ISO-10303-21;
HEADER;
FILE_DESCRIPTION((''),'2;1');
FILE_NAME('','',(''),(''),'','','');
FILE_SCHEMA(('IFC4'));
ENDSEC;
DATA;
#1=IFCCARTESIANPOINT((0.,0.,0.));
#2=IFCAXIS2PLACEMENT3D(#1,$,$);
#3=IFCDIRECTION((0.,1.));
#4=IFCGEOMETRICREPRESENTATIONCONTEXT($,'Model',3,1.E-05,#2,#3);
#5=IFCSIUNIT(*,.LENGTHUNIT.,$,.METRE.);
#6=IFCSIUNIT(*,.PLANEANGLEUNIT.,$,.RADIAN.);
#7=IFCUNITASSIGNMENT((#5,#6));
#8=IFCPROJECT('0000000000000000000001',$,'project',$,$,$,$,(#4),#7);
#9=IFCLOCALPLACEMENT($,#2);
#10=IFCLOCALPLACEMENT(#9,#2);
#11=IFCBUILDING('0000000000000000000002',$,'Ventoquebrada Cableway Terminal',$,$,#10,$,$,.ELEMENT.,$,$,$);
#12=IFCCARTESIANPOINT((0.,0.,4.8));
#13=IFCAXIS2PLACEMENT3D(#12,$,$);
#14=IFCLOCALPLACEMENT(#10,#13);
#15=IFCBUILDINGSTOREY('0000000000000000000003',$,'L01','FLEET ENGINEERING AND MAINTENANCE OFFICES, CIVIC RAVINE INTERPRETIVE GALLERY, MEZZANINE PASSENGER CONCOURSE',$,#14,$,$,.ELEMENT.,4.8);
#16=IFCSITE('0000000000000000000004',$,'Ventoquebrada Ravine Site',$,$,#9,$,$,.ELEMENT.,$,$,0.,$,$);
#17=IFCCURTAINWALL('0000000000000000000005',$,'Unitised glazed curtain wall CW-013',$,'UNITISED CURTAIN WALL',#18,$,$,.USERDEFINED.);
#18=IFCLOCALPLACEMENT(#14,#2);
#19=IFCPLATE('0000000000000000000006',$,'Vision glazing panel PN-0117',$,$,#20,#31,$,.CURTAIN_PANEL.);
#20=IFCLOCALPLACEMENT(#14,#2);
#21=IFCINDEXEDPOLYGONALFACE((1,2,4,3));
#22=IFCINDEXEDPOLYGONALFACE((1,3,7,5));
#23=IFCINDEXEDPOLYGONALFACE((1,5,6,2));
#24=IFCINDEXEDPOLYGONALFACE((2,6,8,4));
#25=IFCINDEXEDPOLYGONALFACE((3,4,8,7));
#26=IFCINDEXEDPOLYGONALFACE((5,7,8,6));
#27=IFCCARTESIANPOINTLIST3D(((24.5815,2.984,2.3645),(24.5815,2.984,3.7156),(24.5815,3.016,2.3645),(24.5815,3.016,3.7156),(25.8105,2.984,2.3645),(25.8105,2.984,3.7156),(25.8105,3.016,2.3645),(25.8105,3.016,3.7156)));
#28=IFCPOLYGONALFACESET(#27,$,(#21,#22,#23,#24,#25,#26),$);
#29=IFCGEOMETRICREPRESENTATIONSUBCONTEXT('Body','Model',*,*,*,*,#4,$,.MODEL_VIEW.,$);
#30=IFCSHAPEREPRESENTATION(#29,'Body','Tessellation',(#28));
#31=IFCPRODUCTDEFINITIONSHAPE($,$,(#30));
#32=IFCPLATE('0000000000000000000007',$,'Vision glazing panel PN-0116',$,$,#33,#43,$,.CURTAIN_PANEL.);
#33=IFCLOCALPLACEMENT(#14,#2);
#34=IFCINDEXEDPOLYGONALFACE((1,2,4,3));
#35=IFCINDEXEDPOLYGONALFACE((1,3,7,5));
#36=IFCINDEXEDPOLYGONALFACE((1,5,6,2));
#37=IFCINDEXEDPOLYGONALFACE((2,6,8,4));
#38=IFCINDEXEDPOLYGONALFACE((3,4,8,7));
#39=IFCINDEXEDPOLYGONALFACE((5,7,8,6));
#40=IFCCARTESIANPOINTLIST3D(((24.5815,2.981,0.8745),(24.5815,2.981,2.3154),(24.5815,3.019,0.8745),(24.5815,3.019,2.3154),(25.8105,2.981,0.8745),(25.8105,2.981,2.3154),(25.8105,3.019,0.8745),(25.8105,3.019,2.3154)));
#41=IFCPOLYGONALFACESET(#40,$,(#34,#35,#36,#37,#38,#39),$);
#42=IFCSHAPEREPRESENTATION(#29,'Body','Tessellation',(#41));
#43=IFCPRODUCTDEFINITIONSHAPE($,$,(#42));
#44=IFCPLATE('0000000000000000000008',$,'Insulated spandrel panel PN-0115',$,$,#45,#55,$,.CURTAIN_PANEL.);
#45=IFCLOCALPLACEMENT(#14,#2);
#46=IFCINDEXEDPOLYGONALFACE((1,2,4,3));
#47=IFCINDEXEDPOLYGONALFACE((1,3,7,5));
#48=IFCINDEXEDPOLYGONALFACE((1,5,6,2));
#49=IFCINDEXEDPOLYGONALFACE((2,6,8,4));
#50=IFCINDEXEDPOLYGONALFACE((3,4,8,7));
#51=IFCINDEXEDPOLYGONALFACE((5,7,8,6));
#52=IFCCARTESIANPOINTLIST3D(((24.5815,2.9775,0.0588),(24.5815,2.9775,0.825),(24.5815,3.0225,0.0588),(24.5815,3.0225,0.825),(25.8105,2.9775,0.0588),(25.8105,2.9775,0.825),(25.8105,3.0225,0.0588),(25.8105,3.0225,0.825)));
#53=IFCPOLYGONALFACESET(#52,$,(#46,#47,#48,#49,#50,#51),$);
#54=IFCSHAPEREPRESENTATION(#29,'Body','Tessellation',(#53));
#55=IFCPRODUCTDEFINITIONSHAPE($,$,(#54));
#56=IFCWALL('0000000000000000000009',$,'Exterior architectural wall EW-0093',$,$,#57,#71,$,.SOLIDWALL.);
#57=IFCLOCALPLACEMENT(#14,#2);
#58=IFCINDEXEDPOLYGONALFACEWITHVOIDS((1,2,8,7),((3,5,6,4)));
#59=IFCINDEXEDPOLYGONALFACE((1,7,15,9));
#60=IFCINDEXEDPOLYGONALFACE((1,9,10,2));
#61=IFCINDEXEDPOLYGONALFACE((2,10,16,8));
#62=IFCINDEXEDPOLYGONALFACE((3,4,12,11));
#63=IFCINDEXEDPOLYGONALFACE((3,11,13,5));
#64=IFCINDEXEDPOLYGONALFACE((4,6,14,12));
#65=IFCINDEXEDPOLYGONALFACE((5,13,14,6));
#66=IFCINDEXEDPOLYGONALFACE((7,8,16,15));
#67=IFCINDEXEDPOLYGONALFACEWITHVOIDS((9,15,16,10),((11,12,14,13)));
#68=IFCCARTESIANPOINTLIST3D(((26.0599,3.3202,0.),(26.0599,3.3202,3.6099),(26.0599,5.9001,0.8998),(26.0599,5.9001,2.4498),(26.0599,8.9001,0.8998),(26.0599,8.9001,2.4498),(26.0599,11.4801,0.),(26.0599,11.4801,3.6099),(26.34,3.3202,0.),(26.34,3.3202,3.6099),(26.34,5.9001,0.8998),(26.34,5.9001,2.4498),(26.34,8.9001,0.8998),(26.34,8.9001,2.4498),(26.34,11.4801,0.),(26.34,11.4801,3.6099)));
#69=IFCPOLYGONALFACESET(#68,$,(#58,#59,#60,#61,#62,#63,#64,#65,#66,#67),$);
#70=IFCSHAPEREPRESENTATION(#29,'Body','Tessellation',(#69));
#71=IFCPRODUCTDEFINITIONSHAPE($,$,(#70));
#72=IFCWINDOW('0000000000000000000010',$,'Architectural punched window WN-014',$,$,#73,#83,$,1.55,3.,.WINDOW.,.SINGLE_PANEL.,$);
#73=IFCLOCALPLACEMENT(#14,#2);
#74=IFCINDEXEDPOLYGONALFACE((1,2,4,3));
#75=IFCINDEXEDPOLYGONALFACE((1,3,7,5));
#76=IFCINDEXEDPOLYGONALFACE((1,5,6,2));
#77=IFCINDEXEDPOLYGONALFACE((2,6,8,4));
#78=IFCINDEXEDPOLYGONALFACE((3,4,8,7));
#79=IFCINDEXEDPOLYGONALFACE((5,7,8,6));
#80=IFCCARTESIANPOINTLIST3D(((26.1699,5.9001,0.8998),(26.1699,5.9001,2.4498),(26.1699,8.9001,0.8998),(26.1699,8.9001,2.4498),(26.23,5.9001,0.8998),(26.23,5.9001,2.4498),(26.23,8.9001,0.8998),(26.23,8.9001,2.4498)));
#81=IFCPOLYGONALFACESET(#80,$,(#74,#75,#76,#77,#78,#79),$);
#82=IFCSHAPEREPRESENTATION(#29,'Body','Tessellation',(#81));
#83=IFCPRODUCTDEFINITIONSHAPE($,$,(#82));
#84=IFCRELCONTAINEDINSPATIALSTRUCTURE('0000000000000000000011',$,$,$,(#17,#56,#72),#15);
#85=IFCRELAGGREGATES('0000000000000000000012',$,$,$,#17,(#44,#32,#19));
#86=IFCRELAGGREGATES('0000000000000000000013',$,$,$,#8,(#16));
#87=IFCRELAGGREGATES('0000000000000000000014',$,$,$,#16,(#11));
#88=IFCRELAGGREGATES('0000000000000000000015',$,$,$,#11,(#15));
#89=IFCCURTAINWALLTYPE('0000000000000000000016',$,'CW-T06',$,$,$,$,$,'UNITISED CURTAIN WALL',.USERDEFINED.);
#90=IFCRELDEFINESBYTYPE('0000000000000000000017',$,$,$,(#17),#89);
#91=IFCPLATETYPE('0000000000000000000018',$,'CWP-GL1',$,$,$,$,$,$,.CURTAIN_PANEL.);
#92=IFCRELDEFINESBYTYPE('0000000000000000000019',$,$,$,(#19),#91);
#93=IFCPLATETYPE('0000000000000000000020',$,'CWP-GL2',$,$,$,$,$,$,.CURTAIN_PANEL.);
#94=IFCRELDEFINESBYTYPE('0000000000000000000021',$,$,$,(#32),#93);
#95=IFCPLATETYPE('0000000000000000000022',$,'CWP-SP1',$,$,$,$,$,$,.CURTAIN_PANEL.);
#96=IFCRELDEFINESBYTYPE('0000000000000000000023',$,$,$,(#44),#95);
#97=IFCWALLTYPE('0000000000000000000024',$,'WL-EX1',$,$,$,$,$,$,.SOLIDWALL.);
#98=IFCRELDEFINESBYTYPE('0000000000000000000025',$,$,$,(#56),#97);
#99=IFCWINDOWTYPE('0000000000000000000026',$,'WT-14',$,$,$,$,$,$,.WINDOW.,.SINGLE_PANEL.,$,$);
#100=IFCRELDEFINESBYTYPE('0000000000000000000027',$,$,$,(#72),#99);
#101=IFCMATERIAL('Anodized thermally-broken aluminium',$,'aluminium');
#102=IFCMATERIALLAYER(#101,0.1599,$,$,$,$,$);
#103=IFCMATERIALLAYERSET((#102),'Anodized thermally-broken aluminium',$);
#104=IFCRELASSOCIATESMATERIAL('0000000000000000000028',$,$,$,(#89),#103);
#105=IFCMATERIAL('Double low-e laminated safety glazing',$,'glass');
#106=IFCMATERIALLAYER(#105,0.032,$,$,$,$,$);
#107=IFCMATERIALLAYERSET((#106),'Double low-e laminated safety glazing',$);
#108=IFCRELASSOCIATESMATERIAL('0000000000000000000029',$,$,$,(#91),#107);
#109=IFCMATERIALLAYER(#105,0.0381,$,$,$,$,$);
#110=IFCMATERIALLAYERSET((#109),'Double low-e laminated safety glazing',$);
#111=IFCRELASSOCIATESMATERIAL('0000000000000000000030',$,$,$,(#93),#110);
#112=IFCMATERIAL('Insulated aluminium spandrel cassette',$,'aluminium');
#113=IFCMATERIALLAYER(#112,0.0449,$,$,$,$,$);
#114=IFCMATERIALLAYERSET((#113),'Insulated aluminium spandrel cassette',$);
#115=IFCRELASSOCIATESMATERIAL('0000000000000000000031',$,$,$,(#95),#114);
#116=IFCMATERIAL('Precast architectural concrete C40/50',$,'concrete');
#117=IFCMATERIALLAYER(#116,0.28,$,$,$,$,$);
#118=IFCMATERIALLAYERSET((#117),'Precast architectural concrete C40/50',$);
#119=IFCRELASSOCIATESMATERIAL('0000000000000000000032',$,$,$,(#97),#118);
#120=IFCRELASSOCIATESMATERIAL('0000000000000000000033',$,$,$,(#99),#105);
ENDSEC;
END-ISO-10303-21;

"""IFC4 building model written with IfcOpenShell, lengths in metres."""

from ifc_helpers import new_model, si_unit, direction, frame, frame_2d, origin, origin_2d, place, context, subcontext, project, spatial, rectangle, extrude, material, layer, layer_set, type_object, element, fill, aggregate, save


model = new_model("IFC4")

# Units and contexts
model_context = context("Model", 3, precision=1e-05, world=origin(), true_north=direction((0.0, 1.0)))
body_context = subcontext(model_context, "Body", "Model", "MODEL_VIEW")
ifc_project = project(units=[si_unit("LENGTHUNIT", "METRE"), si_unit("PLANEANGLEUNIT", "RADIAN")], contexts=[model_context])

# Site, building, storey
site_placement = place(None, origin())
site = spatial("IfcSite", under=ifc_project, at=site_placement, Name="Ventoquebrada Ravine Site", CompositionType="ELEMENT", RefElevation=0.0)
building_placement = place(site_placement, origin())
building = spatial("IfcBuilding", under=site, at=building_placement, Name="Ventoquebrada Cableway Terminal", CompositionType="ELEMENT")
storey_placement = place(building_placement, frame((0.0, 0.0, 4.8)))
storey = spatial("IfcBuildingStorey", under=building, at=storey_placement, Name="L01", Description="FLEET ENGINEERING AND MAINTENANCE OFFICES, CIVIC RAVINE INTERPRETIVE GALLERY, MEZZANINE PASSENGER CONCOURSE", CompositionType="ELEMENT", Elevation=4.8)

# Curtain wall
ifc_material_1 = material(Name="Anodized thermally-broken aluminium", Category="aluminium")
ifc_layer_1 = layer(ifc_material_1, 0.1599)
ifc_layer_set_1 = layer_set([ifc_layer_1], Name="Anodized thermally-broken aluminium")
curtain_wall_type = type_object("IfcCurtainWallType", Name="CW-T06", ElementType="UNITISED CURTAIN WALL", PredefinedType="USERDEFINED", material=ifc_layer_set_1)
curtain_wall_placement = place(storey_placement, origin())
curtain_wall = element("IfcCurtainWall", 1, at=curtain_wall_placement, inside=storey, type_object=curtain_wall_type, Name="Unitised glazed curtain wall CW-013", ObjectType="UNITISED CURTAIN WALL", PredefinedType="USERDEFINED")

# Plates
ifc_material_2 = material(Name="Double low-e laminated safety glazing", Category="glass")
ifc_layer_2 = layer(ifc_material_2, 0.032)
ifc_layer_set_2 = layer_set([ifc_layer_2], Name="Double low-e laminated safety glazing")
plate_type_1 = type_object("IfcPlateType", Name="CWP-GL1", PredefinedType="CURTAIN_PANEL", material=ifc_layer_set_2)
plate_1_placement = place(storey_placement, frame((25.196, 3.0, 2.3645), z_axis=(0.0, 0.0, 1.0), x_axis=(1.0, 0.0, 0.0)))
plate_1 = element("IfcPlate", 2, at=plate_1_placement, type_object=plate_type_1, Name="Vision glazing panel PN-0117", PredefinedType="CURTAIN_PANEL", context=body_context, shape_type="SweptSolid", body=[
    extrude(rectangle(XDim=1.229, YDim=0.032, at=origin_2d()), origin(), (0.0, 0.0, 1.0), 1.3511),
])
ifc_layer_3 = layer(ifc_material_2, 0.0381)
ifc_layer_set_3 = layer_set([ifc_layer_3], Name="Double low-e laminated safety glazing")
plate_type_2 = type_object("IfcPlateType", Name="CWP-GL2", PredefinedType="CURTAIN_PANEL", material=ifc_layer_set_3)
plate_2_placement = place(storey_placement, frame((25.196, 3.0, 0.8745), z_axis=(0.0, 0.0, 1.0), x_axis=(1.0, 0.0, 0.0)))
plate_2 = element("IfcPlate", 3, at=plate_2_placement, type_object=plate_type_2, Name="Vision glazing panel PN-0116", PredefinedType="CURTAIN_PANEL", context=body_context, shape_type="SweptSolid", body=[
    extrude(rectangle(XDim=1.229, YDim=0.0381, at=origin_2d()), origin(), (0.0, 0.0, 1.0), 1.4409),
])
ifc_material_3 = material(Name="Insulated aluminium spandrel cassette", Category="aluminium")
ifc_layer_4 = layer(ifc_material_3, 0.0449)
ifc_layer_set_4 = layer_set([ifc_layer_4], Name="Insulated aluminium spandrel cassette")
plate_type_3 = type_object("IfcPlateType", Name="CWP-SP1", PredefinedType="CURTAIN_PANEL", material=ifc_layer_set_4)
plate_3_placement = place(storey_placement, frame((25.196, 3.0, 0.0588), z_axis=(0.0, 0.0, 1.0), x_axis=(1.0, 0.0, 0.0)))
plate_3 = element("IfcPlate", 4, at=plate_3_placement, type_object=plate_type_3, Name="Insulated spandrel panel PN-0115", PredefinedType="CURTAIN_PANEL", context=body_context, shape_type="SweptSolid", body=[
    extrude(rectangle(XDim=1.229, YDim=0.0449, at=origin_2d()), origin(), (0.0, 0.0, 1.0), 0.7661),
])
aggregate(curtain_wall, [plate_3, plate_2, plate_1])

# Wall, opening, window
ifc_material_4 = material(Name="Precast architectural concrete C40/50", Category="concrete")
ifc_layer_5 = layer(ifc_material_4, 0.28)
ifc_layer_set_5 = layer_set([ifc_layer_5], Name="Precast architectural concrete C40/50")
wall_type = type_object("IfcWallType", Name="WL-EX1", PredefinedType="SOLIDWALL", material=ifc_layer_set_5)
wall_placement = place(storey_placement, frame((26.2, 3.3201, 0.0), z_axis=(0.0, 0.0, 1.0), x_axis=(0.0, 1.0, 0.0)))
wall = element("IfcWall", 5, at=wall_placement, inside=storey, type_object=wall_type, Name="Exterior architectural wall EW-0093", PredefinedType="SOLIDWALL", context=body_context, shape_type="SweptSolid", body=[
    extrude(rectangle(XDim=8.1599, YDim=0.28, at=frame_2d((4.0801, 0.0))), origin(), (0.0, 0.0, 1.0), 3.6099),
])
opening_placement = place(wall_placement, frame((2.5801, 0.0, 0.8999)))
opening = element("IfcOpeningElement", 6, at=opening_placement, cuts=wall, PredefinedType="OPENING", context=body_context, shape_type="SweptSolid", body=[
    extrude(rectangle(XDim=3.0, YDim=1.55, at=frame_2d((1.5, 0.7749))), frame((0.0, 0.1499, 0.0), z_axis=(0.0, -1.0, 0.0), x_axis=(1.0, 0.0, 0.0)), (0.0, 0.0, 1.0), 0.3),
])
window_type = type_object("IfcWindowType", Name="WT-14", PartitioningType="SINGLE_PANEL", PredefinedType="WINDOW", material=ifc_material_2)
window_placement = place(opening_placement, origin())
window = element("IfcWindow", 7, at=window_placement, inside=storey, type_object=window_type, Name="Architectural punched window WN-014", OverallHeight=1.55, OverallWidth=3.0, PartitioningType="SINGLE_PANEL", PredefinedType="WINDOW", context=body_context, shape_type="SweptSolid", body=[
    extrude(rectangle(XDim=3.0, YDim=1.55, at=frame_2d((1.5, 0.7749))), frame((0.0, 0.03, 0.0), z_axis=(0.0, -1.0, 0.0), x_axis=(1.0, 0.0, 0.0)), (0.0, 0.0, 1.0), 0.0601),
])
fill(opening, window)

save(model, "model.ifc")
